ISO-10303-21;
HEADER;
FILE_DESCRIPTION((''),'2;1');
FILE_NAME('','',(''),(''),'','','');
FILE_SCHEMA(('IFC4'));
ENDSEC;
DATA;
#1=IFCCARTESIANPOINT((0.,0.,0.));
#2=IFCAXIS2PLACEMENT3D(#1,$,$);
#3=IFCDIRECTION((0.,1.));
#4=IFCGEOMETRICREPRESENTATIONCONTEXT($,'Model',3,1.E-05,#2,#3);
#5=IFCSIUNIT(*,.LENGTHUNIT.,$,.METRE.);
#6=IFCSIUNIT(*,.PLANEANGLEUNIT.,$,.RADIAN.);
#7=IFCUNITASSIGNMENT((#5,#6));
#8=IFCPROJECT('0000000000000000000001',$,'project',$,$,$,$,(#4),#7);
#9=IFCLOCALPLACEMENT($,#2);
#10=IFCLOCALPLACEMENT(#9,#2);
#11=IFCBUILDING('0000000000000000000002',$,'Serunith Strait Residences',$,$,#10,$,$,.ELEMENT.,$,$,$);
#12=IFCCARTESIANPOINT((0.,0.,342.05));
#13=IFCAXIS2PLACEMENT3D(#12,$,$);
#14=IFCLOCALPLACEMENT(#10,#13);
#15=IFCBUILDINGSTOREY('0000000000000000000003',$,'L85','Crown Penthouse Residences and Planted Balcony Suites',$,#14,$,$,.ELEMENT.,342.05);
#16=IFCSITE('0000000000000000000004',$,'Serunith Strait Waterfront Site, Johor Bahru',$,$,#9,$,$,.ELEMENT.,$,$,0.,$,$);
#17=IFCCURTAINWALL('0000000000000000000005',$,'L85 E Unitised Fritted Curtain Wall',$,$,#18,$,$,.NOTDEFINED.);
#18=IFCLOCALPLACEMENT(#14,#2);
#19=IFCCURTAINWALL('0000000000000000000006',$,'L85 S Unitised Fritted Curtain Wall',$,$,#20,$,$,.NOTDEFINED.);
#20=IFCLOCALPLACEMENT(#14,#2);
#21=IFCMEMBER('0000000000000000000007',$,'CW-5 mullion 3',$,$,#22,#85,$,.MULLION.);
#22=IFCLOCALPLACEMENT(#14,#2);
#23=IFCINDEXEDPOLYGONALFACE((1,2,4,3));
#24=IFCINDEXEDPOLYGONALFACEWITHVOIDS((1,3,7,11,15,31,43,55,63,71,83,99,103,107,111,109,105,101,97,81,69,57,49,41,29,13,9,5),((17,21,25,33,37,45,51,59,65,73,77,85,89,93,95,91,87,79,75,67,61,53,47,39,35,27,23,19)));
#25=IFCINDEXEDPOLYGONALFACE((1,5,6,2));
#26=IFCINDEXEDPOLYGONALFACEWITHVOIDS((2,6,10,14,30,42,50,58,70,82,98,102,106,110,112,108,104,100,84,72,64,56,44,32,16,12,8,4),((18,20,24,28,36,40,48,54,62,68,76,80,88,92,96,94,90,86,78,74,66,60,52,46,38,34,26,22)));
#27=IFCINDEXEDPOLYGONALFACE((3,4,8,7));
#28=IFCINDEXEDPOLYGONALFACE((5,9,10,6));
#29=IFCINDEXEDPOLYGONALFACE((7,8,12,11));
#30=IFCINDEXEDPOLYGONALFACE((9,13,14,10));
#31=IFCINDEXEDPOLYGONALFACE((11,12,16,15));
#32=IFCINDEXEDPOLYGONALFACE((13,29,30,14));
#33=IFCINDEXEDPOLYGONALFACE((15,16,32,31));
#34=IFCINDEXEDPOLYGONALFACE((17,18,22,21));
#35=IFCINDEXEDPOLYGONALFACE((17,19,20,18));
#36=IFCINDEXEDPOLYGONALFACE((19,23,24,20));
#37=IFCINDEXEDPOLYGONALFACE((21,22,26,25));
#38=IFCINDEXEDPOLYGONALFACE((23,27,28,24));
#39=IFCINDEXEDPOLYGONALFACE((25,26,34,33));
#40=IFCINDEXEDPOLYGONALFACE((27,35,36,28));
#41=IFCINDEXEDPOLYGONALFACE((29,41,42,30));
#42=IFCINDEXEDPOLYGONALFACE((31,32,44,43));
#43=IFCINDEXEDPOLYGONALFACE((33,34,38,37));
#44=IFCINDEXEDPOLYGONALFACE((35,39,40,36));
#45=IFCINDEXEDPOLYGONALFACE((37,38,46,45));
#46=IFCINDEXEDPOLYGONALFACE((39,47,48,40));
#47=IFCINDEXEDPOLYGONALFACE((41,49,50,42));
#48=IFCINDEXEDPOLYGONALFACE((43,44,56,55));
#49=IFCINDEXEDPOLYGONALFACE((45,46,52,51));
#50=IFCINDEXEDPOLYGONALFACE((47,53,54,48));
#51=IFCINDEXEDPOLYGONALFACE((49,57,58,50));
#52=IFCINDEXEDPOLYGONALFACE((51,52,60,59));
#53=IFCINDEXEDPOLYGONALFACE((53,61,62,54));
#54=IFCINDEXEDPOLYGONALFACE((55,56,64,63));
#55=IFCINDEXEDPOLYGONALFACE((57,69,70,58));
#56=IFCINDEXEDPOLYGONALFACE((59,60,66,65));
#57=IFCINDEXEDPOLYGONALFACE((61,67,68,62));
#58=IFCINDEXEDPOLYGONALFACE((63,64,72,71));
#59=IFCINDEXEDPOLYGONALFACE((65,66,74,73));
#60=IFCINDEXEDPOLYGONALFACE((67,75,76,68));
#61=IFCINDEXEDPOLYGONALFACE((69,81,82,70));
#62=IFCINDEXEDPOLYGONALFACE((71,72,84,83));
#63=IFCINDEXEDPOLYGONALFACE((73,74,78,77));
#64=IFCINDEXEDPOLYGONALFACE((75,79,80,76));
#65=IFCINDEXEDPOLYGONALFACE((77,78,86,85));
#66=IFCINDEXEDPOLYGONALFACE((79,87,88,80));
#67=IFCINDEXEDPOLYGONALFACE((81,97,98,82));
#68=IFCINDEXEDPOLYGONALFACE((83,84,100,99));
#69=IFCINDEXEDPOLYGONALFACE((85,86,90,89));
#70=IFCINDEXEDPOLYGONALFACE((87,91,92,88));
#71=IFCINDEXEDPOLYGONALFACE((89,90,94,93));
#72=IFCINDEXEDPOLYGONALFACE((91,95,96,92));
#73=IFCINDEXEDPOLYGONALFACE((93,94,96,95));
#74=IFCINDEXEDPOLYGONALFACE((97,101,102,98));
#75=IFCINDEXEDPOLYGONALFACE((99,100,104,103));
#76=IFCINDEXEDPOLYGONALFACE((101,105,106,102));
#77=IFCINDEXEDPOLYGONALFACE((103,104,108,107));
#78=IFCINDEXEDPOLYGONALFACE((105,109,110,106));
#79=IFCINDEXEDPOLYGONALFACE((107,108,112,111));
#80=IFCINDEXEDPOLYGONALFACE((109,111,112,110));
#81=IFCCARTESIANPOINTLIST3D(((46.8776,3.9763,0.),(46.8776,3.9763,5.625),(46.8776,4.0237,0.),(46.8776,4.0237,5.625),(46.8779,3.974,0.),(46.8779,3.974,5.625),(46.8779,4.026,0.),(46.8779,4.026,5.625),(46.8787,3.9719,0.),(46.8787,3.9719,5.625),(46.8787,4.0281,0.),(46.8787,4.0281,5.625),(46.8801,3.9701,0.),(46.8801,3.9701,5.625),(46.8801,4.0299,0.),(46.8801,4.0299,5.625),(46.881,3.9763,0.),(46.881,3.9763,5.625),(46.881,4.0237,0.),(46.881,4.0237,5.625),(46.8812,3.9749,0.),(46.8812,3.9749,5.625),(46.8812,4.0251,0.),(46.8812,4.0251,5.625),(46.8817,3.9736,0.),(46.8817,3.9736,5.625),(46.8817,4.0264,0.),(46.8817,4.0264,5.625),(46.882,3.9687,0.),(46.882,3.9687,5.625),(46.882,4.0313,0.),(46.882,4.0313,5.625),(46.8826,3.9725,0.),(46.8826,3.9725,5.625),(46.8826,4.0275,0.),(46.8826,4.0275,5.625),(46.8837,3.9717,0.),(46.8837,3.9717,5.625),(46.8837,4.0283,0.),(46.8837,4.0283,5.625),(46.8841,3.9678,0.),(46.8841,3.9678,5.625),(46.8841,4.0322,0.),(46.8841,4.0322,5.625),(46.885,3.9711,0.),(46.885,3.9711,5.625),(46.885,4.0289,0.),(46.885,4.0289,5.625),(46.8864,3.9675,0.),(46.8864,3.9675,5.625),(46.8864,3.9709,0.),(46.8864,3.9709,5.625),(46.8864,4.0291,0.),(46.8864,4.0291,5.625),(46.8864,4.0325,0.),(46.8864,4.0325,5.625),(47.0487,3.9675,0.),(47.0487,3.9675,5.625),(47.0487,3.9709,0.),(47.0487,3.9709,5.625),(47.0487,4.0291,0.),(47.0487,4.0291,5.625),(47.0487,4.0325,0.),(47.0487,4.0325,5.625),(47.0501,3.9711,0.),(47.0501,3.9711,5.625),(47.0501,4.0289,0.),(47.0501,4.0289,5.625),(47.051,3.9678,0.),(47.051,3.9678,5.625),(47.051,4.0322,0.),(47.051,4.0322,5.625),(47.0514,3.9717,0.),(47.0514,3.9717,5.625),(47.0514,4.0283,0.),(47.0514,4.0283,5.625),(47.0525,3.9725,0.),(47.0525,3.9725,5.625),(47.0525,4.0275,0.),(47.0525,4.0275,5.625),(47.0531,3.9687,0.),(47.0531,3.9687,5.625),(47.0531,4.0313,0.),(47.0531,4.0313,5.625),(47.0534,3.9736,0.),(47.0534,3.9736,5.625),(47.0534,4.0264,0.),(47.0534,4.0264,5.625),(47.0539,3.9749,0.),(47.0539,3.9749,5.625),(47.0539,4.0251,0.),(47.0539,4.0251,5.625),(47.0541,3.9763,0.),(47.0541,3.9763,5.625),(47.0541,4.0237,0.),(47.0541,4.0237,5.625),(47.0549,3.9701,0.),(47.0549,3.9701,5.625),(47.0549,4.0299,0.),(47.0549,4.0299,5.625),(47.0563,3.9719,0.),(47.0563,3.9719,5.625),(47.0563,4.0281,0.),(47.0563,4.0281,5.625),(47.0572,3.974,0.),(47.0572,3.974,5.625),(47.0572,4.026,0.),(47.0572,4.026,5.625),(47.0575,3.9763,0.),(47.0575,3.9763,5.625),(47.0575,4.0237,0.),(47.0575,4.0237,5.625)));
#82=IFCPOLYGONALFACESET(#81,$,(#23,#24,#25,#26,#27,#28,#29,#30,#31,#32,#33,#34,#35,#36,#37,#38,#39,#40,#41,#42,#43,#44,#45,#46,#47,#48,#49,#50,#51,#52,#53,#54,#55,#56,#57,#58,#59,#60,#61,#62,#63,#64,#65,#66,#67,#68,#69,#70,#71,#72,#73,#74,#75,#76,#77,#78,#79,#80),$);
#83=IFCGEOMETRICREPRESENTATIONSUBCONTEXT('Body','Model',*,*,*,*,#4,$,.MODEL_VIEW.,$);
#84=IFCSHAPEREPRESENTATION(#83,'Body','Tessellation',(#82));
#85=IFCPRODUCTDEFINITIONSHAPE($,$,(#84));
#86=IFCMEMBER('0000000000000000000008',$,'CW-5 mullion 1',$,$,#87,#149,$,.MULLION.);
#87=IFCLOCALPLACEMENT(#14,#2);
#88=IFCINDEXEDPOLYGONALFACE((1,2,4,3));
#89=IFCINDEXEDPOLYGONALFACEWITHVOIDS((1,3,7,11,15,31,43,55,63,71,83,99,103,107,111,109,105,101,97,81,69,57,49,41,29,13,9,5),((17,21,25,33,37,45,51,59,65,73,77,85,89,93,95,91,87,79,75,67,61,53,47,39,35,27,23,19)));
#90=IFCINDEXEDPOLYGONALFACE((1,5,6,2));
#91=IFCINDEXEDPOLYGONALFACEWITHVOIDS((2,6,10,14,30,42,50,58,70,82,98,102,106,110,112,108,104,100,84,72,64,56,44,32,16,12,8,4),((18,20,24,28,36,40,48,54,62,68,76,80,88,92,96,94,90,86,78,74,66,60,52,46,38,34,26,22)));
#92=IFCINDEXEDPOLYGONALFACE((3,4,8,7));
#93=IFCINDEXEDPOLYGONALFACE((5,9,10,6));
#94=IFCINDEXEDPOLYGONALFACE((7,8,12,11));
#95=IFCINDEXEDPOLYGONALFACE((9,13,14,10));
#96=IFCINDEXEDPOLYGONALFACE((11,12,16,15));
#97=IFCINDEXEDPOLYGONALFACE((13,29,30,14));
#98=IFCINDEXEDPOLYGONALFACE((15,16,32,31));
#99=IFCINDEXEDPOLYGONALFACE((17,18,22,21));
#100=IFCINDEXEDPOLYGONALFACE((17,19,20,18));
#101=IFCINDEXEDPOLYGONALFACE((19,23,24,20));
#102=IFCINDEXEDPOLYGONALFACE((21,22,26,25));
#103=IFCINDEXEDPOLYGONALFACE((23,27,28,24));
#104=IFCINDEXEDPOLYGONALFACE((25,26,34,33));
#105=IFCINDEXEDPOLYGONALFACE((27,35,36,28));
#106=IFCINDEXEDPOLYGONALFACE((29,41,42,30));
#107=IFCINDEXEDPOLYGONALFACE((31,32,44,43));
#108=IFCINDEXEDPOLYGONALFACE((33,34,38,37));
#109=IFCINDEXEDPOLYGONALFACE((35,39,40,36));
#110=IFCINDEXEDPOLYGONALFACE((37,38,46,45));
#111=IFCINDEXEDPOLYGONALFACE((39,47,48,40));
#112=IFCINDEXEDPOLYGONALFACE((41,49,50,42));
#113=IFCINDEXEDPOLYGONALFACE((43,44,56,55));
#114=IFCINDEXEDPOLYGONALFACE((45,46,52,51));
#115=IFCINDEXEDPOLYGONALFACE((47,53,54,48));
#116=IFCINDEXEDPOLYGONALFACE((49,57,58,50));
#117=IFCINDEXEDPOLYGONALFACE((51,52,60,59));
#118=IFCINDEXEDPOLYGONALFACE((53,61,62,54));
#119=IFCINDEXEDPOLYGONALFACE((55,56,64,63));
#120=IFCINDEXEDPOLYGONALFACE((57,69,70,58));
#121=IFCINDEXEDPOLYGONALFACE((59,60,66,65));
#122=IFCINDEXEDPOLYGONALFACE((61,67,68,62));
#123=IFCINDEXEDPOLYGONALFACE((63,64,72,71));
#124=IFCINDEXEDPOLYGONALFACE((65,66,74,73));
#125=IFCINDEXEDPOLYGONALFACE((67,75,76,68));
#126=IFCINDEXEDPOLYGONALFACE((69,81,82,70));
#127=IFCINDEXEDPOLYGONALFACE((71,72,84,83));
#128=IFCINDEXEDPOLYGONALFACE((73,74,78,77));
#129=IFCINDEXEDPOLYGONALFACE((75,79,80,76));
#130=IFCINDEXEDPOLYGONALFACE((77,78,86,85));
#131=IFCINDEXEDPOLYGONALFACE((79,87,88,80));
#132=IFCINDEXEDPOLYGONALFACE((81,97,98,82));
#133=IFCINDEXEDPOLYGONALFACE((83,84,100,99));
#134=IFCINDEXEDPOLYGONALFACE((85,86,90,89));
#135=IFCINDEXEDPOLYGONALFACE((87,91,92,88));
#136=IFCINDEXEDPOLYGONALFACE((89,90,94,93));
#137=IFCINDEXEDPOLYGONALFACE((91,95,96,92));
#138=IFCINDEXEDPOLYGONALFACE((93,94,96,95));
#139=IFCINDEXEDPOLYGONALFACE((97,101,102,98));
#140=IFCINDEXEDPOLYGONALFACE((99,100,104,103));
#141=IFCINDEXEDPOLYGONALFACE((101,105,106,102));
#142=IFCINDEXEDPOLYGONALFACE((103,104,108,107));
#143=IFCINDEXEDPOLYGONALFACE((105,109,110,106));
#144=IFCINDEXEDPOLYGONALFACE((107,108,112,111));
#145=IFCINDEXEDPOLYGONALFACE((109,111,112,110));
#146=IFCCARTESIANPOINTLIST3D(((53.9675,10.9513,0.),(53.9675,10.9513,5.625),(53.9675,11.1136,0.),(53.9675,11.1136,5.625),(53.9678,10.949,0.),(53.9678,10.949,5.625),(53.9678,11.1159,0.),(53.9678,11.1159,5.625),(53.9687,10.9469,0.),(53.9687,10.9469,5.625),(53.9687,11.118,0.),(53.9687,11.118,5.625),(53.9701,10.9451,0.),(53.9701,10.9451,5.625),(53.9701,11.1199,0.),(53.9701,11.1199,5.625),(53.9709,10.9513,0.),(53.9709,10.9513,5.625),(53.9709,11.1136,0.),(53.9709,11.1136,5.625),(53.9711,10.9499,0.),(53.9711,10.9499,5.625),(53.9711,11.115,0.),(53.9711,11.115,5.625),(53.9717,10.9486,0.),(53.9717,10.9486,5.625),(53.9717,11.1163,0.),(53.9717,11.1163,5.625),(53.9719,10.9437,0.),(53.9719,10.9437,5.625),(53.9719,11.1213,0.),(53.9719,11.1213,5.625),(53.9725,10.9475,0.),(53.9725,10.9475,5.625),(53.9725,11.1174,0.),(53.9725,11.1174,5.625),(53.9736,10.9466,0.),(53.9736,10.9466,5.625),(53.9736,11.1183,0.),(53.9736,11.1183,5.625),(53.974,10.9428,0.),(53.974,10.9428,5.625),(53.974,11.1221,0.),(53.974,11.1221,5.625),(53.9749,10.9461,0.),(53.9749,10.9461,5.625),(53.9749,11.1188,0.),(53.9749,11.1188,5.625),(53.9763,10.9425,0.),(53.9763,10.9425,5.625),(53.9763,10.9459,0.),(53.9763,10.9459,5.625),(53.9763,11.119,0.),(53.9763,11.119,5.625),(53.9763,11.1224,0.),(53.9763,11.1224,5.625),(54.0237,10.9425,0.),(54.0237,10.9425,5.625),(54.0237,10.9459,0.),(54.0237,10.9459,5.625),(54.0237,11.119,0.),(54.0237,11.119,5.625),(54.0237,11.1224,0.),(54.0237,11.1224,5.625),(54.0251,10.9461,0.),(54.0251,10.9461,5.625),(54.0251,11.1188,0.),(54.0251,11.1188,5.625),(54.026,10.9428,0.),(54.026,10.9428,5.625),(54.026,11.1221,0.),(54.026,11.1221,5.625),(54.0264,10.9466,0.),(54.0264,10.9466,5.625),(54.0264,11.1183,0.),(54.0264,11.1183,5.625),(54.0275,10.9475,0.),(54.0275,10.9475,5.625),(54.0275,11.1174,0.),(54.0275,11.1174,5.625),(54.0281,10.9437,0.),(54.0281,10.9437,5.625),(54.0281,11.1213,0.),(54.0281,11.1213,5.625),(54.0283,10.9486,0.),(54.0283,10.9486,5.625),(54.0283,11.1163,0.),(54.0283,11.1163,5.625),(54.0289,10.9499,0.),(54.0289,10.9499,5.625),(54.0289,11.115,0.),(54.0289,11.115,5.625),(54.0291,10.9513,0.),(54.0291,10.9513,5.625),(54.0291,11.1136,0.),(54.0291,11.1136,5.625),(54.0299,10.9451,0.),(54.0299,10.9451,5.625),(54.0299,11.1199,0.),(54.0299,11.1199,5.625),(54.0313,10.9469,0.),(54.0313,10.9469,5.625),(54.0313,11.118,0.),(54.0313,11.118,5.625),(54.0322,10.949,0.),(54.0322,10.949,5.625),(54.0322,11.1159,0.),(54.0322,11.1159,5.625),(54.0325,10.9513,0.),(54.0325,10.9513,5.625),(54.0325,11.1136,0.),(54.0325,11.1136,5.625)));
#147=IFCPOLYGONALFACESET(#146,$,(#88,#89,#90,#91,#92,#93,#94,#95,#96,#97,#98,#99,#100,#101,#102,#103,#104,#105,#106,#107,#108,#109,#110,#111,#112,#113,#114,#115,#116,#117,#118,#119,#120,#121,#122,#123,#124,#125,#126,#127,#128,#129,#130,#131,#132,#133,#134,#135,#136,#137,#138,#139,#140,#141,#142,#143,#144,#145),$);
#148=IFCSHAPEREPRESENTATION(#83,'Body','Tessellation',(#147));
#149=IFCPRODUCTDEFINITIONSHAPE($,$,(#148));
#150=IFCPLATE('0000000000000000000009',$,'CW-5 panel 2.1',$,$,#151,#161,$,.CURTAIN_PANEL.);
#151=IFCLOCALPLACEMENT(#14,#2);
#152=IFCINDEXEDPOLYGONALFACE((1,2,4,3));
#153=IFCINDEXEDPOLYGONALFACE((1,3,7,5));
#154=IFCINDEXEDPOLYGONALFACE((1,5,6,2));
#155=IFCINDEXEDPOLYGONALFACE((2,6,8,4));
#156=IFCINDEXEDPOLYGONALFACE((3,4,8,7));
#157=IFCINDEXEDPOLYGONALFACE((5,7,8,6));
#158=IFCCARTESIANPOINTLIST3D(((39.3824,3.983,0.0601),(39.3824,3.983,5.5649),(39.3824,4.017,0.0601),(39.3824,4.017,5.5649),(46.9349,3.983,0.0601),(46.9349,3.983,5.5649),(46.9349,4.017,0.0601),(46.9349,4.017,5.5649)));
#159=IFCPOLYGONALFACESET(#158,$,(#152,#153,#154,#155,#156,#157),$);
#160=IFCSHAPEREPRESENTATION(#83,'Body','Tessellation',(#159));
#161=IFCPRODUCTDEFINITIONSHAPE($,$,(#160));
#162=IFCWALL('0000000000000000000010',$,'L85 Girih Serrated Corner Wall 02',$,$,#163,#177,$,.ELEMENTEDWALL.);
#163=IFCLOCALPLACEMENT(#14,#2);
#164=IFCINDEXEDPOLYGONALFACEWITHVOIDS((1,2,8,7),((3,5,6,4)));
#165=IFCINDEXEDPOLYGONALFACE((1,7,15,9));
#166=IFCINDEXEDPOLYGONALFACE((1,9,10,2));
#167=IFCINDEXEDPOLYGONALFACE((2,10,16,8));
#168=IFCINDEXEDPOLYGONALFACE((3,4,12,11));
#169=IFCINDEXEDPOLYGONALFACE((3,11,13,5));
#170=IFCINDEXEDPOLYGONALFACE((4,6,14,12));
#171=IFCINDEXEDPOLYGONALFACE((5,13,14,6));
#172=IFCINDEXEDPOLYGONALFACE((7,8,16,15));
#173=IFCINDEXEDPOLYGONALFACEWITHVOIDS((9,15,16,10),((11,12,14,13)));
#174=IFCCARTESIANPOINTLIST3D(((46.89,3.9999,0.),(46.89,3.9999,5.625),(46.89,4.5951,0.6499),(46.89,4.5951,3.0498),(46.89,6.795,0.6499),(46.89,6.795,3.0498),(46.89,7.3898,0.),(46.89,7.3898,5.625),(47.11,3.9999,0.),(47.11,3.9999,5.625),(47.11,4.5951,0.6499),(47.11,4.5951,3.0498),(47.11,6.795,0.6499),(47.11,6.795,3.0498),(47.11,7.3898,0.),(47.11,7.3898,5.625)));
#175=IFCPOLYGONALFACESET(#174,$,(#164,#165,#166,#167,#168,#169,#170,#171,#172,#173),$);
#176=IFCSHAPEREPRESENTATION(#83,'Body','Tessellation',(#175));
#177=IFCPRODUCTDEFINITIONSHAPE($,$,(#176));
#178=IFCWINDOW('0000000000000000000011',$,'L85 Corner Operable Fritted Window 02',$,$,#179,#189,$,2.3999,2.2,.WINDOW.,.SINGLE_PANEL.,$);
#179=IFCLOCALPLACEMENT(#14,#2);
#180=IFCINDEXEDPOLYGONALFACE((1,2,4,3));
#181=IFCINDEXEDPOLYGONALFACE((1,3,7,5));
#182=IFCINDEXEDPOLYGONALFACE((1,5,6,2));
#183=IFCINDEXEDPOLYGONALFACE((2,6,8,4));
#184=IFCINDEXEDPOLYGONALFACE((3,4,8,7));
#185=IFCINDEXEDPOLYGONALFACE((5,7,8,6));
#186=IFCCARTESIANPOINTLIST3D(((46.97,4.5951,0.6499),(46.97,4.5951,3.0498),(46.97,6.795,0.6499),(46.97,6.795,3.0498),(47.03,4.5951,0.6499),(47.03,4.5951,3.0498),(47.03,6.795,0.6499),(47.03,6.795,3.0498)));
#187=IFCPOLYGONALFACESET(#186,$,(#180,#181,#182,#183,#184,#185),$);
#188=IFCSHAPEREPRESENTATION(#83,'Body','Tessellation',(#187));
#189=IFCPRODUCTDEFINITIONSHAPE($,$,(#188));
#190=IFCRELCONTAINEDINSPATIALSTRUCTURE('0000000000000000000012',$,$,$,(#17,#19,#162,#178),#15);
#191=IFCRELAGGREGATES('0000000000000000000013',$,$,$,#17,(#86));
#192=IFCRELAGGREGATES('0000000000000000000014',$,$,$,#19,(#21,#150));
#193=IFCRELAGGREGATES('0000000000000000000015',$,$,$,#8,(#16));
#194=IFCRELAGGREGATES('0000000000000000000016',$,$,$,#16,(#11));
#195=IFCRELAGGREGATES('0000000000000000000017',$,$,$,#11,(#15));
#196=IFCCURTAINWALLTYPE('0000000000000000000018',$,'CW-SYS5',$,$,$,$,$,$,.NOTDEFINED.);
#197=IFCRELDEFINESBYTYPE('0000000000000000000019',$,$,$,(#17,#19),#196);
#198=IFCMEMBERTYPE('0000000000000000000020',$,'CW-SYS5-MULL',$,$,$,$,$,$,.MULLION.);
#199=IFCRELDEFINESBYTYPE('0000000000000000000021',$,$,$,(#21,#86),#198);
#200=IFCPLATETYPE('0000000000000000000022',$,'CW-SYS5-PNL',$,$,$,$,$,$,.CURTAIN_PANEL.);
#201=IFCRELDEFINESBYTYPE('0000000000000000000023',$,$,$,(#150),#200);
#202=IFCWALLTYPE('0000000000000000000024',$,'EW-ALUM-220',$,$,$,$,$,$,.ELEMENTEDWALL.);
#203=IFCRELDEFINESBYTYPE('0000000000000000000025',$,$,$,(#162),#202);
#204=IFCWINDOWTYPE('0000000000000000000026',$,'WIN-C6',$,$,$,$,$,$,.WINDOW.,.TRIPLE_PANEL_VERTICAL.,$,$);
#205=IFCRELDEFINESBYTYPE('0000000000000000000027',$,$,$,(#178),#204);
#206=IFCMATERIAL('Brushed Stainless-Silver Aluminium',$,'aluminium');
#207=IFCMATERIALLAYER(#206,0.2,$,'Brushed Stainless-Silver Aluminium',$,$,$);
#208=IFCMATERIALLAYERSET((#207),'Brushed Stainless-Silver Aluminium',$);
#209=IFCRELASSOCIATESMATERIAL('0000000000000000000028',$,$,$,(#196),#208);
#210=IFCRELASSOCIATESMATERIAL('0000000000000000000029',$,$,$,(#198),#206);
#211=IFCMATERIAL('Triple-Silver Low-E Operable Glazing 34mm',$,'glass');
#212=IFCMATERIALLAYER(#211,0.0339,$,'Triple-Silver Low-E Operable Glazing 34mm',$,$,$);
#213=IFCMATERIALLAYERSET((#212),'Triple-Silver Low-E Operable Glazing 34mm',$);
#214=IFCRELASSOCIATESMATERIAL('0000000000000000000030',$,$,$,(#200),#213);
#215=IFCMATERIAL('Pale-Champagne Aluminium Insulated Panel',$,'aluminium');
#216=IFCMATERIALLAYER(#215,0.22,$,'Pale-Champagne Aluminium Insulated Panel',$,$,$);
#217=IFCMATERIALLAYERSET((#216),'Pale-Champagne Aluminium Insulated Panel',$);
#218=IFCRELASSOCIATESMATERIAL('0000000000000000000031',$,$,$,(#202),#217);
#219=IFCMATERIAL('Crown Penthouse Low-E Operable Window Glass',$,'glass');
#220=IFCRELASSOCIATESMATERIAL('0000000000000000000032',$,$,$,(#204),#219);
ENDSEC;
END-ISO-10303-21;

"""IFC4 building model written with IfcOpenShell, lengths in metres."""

from ifc_helpers import new_model, si_unit, direction, frame, frame_2d, origin, origin_2d, place, context, subcontext, project, spatial, rectangle, hollow_rectangle, extrude, source, transform, mapped, material, layer, layer_set, material_profile, profile_set, type_object, element, fill, aggregate, save


model = new_model("IFC4")

# Units and contexts
model_context = context("Model", 3, precision=1e-05, world=origin(), true_north=direction((0.0, 1.0)))
body_context = subcontext(model_context, "Body", "Model", "MODEL_VIEW")
ifc_project = project(units=[si_unit("LENGTHUNIT", "METRE"), si_unit("PLANEANGLEUNIT", "RADIAN")], contexts=[model_context])

# Site, building, storey
site_placement = place(None, origin())
site = spatial("IfcSite", under=ifc_project, at=site_placement, Name="Serunith Strait Waterfront Site, Johor Bahru", CompositionType="ELEMENT", RefElevation=0.0)
building_placement = place(site_placement, origin())
building = spatial("IfcBuilding", under=site, at=building_placement, Name="Serunith Strait Residences", CompositionType="ELEMENT")
storey_placement = place(building_placement, frame((0.0, 0.0, 342.05)))
storey = spatial("IfcBuildingStorey", under=building, at=storey_placement, Name="L85", Description="Crown Penthouse Residences and Planted Balcony Suites", CompositionType="ELEMENT", Elevation=342.05)

# Curtain wall
ifc_material_1 = material(Name="Brushed Stainless-Silver Aluminium", Category="aluminium")
ifc_layer_1 = layer(ifc_material_1, 0.2, Name="Brushed Stainless-Silver Aluminium")
ifc_layer_set_1 = layer_set([ifc_layer_1], Name="Brushed Stainless-Silver Aluminium")
curtain_wall_type = type_object("IfcCurtainWallType", Name="CW-SYS5", PredefinedType="NOTDEFINED", material=ifc_layer_set_1)
curtain_wall_1_placement = place(storey_placement, origin())
curtain_wall_1 = element("IfcCurtainWall", 1, at=curtain_wall_1_placement, inside=storey, type_object=curtain_wall_type, Name="L85 E Unitised Fritted Curtain Wall", PredefinedType="NOTDEFINED")

# Curtain wall, member
curtain_wall_2_placement = place(storey_placement, origin())
curtain_wall_2 = element("IfcCurtainWall", 2, at=curtain_wall_2_placement, inside=storey, type_object=curtain_wall_type, Name="L85 S Unitised Fritted Curtain Wall", PredefinedType="NOTDEFINED")
ifc_material_profile_1 = material_profile(ifc_material_1, hollow_rectangle(XDim=0.0649, YDim=0.1799, WallThickness=0.0034, InnerFilletRadius=0.0054, OuterFilletRadius=0.0088, at=origin_2d()), Name="ALU 180x65x3.5")
ifc_profile_set_1 = profile_set([ifc_material_profile_1], Name="Brushed Stainless-Silver Aluminium")
member_type_1 = type_object("IfcMemberType", Name="CW-SYS5-MULL", PredefinedType="MULLION", material=ifc_profile_set_1)
shared_shape_1 = source(origin(), body_context, "Body", "SweptSolid", [
    extrude(hollow_rectangle(XDim=0.0649, YDim=0.1799, WallThickness=0.0034, InnerFilletRadius=0.0054, OuterFilletRadius=0.0088, at=origin_2d()), origin(), (0.0, 0.0, 1.0), 5.625),
])
member_1_placement = place(storey_placement, frame((46.9675, 4.0, 0.0), z_axis=(0.0, 0.0, 1.0), x_axis=(0.0, 1.0, 0.0)))
member_1 = element("IfcMember", 3, at=member_1_placement, type_object=member_type_1, Name="CW-5 mullion 3", PredefinedType="MULLION", context=body_context, shape_type="MappedRepresentation", body=[
    mapped(shared_shape_1, transform((0.0, 0.0, 0.0), scale=1.0)),
])

# Member
member_2_placement = place(storey_placement, frame((54.0, 11.0325, 0.0), z_axis=(0.0, 0.0, 1.0), x_axis=(-1.0, 0.0, 0.0)))
member_2 = element("IfcMember", 4, at=member_2_placement, type_object=member_type_1, Name="CW-5 mullion 1", PredefinedType="MULLION", context=body_context, shape_type="MappedRepresentation", body=[
    mapped(shared_shape_1, transform((0.0, 0.0, 0.0), scale=1.0)),
])
aggregate(curtain_wall_1, [member_2])

# Plate
ifc_material_2 = material(Name="Triple-Silver Low-E Operable Glazing 34mm", Category="glass")
ifc_layer_2 = layer(ifc_material_2, 0.0339, Name="Triple-Silver Low-E Operable Glazing 34mm")
ifc_layer_set_2 = layer_set([ifc_layer_2], Name="Triple-Silver Low-E Operable Glazing 34mm")
plate_type = type_object("IfcPlateType", Name="CW-SYS5-PNL", PredefinedType="CURTAIN_PANEL", material=ifc_layer_set_2)
shared_shape_2 = source(origin(), body_context, "Body", "SweptSolid", [
    extrude(rectangle(XDim=7.5525, YDim=0.0339, at=origin_2d()), origin(), (0.0, 0.0, 1.0), 5.5049),
])
plate_placement = place(storey_placement, frame((43.1587, 4.0, 0.0601), z_axis=(0.0, 0.0, 1.0), x_axis=(1.0, 0.0, 0.0)))
plate = element("IfcPlate", 5, at=plate_placement, type_object=plate_type, Name="CW-5 panel 2.1", PredefinedType="CURTAIN_PANEL", context=body_context, shape_type="MappedRepresentation", body=[
    mapped(shared_shape_2, transform((0.0, 0.0, 0.0), scale=1.0)),
])
aggregate(curtain_wall_2, [member_1, plate])

# Wall, opening, window
ifc_material_3 = material(Name="Pale-Champagne Aluminium Insulated Panel", Category="aluminium")
ifc_layer_3 = layer(ifc_material_3, 0.22, Name="Pale-Champagne Aluminium Insulated Panel")
ifc_layer_set_3 = layer_set([ifc_layer_3], Name="Pale-Champagne Aluminium Insulated Panel")
wall_type_1 = type_object("IfcWallType", Name="EW-ALUM-220", PredefinedType="ELEMENTEDWALL", material=ifc_layer_set_3)
wall_1_placement = place(storey_placement, frame((47.0, 4.0, 0.0), z_axis=(0.0, 0.0, 1.0), x_axis=(0.0, 1.0, 0.0)))
wall_1 = element("IfcWall", 6, at=wall_1_placement, inside=storey, type_object=wall_type_1, Name="L85 Girih Serrated Corner Wall 02", PredefinedType="ELEMENTEDWALL", context=body_context, shape_type="SweptSolid", body=[
    extrude(rectangle(XDim=3.3899, YDim=0.22, at=frame_2d((1.6948, 0.0))), origin(), (0.0, 0.0, 1.0), 5.625),
])
opening_1_placement = place(wall_1_placement, frame((0.595, 0.0, 0.6499)))
opening_1 = element("IfcOpeningElement", 7, at=opening_1_placement, cuts=wall_1, PredefinedType="OPENING", context=body_context, shape_type="SweptSolid", body=[
    extrude(rectangle(XDim=2.2, YDim=2.3999, at=frame_2d((1.1001, 1.2))), frame((0.0, 0.1201, 0.0), z_axis=(0.0, -1.0, 0.0), x_axis=(1.0, 0.0, 0.0)), (0.0, 0.0, 1.0), 0.24),
])
ifc_material_4 = material(Name="Crown Penthouse Low-E Operable Window Glass", Category="glass")
window_type = type_object("IfcWindowType", Name="WIN-C6", PartitioningType="TRIPLE_PANEL_VERTICAL", PredefinedType="WINDOW", material=ifc_material_4)
shared_shape_3 = source(origin(), body_context, "Body", "SweptSolid", [
    extrude(rectangle(XDim=2.2, YDim=2.3999, at=frame_2d((1.1001, 1.2))), frame((0.0, 0.03, 0.0), z_axis=(0.0, -1.0, 0.0), x_axis=(1.0, 0.0, 0.0)), (0.0, 0.0, 1.0), 0.0601),
])
window_1_placement = place(opening_1_placement, origin())
window_1 = element("IfcWindow", 8, at=window_1_placement, inside=storey, type_object=window_type, Name="L85 Corner Operable Fritted Window 02", OverallHeight=2.3999, OverallWidth=2.2, PartitioningType="SINGLE_PANEL", PredefinedType="WINDOW", context=body_context, shape_type="MappedRepresentation", body=[
    mapped(shared_shape_3, transform((0.0, 0.0, 0.0), scale=1.0)),
])
fill(opening_1, window_1)

save(model, "model.ifc")
